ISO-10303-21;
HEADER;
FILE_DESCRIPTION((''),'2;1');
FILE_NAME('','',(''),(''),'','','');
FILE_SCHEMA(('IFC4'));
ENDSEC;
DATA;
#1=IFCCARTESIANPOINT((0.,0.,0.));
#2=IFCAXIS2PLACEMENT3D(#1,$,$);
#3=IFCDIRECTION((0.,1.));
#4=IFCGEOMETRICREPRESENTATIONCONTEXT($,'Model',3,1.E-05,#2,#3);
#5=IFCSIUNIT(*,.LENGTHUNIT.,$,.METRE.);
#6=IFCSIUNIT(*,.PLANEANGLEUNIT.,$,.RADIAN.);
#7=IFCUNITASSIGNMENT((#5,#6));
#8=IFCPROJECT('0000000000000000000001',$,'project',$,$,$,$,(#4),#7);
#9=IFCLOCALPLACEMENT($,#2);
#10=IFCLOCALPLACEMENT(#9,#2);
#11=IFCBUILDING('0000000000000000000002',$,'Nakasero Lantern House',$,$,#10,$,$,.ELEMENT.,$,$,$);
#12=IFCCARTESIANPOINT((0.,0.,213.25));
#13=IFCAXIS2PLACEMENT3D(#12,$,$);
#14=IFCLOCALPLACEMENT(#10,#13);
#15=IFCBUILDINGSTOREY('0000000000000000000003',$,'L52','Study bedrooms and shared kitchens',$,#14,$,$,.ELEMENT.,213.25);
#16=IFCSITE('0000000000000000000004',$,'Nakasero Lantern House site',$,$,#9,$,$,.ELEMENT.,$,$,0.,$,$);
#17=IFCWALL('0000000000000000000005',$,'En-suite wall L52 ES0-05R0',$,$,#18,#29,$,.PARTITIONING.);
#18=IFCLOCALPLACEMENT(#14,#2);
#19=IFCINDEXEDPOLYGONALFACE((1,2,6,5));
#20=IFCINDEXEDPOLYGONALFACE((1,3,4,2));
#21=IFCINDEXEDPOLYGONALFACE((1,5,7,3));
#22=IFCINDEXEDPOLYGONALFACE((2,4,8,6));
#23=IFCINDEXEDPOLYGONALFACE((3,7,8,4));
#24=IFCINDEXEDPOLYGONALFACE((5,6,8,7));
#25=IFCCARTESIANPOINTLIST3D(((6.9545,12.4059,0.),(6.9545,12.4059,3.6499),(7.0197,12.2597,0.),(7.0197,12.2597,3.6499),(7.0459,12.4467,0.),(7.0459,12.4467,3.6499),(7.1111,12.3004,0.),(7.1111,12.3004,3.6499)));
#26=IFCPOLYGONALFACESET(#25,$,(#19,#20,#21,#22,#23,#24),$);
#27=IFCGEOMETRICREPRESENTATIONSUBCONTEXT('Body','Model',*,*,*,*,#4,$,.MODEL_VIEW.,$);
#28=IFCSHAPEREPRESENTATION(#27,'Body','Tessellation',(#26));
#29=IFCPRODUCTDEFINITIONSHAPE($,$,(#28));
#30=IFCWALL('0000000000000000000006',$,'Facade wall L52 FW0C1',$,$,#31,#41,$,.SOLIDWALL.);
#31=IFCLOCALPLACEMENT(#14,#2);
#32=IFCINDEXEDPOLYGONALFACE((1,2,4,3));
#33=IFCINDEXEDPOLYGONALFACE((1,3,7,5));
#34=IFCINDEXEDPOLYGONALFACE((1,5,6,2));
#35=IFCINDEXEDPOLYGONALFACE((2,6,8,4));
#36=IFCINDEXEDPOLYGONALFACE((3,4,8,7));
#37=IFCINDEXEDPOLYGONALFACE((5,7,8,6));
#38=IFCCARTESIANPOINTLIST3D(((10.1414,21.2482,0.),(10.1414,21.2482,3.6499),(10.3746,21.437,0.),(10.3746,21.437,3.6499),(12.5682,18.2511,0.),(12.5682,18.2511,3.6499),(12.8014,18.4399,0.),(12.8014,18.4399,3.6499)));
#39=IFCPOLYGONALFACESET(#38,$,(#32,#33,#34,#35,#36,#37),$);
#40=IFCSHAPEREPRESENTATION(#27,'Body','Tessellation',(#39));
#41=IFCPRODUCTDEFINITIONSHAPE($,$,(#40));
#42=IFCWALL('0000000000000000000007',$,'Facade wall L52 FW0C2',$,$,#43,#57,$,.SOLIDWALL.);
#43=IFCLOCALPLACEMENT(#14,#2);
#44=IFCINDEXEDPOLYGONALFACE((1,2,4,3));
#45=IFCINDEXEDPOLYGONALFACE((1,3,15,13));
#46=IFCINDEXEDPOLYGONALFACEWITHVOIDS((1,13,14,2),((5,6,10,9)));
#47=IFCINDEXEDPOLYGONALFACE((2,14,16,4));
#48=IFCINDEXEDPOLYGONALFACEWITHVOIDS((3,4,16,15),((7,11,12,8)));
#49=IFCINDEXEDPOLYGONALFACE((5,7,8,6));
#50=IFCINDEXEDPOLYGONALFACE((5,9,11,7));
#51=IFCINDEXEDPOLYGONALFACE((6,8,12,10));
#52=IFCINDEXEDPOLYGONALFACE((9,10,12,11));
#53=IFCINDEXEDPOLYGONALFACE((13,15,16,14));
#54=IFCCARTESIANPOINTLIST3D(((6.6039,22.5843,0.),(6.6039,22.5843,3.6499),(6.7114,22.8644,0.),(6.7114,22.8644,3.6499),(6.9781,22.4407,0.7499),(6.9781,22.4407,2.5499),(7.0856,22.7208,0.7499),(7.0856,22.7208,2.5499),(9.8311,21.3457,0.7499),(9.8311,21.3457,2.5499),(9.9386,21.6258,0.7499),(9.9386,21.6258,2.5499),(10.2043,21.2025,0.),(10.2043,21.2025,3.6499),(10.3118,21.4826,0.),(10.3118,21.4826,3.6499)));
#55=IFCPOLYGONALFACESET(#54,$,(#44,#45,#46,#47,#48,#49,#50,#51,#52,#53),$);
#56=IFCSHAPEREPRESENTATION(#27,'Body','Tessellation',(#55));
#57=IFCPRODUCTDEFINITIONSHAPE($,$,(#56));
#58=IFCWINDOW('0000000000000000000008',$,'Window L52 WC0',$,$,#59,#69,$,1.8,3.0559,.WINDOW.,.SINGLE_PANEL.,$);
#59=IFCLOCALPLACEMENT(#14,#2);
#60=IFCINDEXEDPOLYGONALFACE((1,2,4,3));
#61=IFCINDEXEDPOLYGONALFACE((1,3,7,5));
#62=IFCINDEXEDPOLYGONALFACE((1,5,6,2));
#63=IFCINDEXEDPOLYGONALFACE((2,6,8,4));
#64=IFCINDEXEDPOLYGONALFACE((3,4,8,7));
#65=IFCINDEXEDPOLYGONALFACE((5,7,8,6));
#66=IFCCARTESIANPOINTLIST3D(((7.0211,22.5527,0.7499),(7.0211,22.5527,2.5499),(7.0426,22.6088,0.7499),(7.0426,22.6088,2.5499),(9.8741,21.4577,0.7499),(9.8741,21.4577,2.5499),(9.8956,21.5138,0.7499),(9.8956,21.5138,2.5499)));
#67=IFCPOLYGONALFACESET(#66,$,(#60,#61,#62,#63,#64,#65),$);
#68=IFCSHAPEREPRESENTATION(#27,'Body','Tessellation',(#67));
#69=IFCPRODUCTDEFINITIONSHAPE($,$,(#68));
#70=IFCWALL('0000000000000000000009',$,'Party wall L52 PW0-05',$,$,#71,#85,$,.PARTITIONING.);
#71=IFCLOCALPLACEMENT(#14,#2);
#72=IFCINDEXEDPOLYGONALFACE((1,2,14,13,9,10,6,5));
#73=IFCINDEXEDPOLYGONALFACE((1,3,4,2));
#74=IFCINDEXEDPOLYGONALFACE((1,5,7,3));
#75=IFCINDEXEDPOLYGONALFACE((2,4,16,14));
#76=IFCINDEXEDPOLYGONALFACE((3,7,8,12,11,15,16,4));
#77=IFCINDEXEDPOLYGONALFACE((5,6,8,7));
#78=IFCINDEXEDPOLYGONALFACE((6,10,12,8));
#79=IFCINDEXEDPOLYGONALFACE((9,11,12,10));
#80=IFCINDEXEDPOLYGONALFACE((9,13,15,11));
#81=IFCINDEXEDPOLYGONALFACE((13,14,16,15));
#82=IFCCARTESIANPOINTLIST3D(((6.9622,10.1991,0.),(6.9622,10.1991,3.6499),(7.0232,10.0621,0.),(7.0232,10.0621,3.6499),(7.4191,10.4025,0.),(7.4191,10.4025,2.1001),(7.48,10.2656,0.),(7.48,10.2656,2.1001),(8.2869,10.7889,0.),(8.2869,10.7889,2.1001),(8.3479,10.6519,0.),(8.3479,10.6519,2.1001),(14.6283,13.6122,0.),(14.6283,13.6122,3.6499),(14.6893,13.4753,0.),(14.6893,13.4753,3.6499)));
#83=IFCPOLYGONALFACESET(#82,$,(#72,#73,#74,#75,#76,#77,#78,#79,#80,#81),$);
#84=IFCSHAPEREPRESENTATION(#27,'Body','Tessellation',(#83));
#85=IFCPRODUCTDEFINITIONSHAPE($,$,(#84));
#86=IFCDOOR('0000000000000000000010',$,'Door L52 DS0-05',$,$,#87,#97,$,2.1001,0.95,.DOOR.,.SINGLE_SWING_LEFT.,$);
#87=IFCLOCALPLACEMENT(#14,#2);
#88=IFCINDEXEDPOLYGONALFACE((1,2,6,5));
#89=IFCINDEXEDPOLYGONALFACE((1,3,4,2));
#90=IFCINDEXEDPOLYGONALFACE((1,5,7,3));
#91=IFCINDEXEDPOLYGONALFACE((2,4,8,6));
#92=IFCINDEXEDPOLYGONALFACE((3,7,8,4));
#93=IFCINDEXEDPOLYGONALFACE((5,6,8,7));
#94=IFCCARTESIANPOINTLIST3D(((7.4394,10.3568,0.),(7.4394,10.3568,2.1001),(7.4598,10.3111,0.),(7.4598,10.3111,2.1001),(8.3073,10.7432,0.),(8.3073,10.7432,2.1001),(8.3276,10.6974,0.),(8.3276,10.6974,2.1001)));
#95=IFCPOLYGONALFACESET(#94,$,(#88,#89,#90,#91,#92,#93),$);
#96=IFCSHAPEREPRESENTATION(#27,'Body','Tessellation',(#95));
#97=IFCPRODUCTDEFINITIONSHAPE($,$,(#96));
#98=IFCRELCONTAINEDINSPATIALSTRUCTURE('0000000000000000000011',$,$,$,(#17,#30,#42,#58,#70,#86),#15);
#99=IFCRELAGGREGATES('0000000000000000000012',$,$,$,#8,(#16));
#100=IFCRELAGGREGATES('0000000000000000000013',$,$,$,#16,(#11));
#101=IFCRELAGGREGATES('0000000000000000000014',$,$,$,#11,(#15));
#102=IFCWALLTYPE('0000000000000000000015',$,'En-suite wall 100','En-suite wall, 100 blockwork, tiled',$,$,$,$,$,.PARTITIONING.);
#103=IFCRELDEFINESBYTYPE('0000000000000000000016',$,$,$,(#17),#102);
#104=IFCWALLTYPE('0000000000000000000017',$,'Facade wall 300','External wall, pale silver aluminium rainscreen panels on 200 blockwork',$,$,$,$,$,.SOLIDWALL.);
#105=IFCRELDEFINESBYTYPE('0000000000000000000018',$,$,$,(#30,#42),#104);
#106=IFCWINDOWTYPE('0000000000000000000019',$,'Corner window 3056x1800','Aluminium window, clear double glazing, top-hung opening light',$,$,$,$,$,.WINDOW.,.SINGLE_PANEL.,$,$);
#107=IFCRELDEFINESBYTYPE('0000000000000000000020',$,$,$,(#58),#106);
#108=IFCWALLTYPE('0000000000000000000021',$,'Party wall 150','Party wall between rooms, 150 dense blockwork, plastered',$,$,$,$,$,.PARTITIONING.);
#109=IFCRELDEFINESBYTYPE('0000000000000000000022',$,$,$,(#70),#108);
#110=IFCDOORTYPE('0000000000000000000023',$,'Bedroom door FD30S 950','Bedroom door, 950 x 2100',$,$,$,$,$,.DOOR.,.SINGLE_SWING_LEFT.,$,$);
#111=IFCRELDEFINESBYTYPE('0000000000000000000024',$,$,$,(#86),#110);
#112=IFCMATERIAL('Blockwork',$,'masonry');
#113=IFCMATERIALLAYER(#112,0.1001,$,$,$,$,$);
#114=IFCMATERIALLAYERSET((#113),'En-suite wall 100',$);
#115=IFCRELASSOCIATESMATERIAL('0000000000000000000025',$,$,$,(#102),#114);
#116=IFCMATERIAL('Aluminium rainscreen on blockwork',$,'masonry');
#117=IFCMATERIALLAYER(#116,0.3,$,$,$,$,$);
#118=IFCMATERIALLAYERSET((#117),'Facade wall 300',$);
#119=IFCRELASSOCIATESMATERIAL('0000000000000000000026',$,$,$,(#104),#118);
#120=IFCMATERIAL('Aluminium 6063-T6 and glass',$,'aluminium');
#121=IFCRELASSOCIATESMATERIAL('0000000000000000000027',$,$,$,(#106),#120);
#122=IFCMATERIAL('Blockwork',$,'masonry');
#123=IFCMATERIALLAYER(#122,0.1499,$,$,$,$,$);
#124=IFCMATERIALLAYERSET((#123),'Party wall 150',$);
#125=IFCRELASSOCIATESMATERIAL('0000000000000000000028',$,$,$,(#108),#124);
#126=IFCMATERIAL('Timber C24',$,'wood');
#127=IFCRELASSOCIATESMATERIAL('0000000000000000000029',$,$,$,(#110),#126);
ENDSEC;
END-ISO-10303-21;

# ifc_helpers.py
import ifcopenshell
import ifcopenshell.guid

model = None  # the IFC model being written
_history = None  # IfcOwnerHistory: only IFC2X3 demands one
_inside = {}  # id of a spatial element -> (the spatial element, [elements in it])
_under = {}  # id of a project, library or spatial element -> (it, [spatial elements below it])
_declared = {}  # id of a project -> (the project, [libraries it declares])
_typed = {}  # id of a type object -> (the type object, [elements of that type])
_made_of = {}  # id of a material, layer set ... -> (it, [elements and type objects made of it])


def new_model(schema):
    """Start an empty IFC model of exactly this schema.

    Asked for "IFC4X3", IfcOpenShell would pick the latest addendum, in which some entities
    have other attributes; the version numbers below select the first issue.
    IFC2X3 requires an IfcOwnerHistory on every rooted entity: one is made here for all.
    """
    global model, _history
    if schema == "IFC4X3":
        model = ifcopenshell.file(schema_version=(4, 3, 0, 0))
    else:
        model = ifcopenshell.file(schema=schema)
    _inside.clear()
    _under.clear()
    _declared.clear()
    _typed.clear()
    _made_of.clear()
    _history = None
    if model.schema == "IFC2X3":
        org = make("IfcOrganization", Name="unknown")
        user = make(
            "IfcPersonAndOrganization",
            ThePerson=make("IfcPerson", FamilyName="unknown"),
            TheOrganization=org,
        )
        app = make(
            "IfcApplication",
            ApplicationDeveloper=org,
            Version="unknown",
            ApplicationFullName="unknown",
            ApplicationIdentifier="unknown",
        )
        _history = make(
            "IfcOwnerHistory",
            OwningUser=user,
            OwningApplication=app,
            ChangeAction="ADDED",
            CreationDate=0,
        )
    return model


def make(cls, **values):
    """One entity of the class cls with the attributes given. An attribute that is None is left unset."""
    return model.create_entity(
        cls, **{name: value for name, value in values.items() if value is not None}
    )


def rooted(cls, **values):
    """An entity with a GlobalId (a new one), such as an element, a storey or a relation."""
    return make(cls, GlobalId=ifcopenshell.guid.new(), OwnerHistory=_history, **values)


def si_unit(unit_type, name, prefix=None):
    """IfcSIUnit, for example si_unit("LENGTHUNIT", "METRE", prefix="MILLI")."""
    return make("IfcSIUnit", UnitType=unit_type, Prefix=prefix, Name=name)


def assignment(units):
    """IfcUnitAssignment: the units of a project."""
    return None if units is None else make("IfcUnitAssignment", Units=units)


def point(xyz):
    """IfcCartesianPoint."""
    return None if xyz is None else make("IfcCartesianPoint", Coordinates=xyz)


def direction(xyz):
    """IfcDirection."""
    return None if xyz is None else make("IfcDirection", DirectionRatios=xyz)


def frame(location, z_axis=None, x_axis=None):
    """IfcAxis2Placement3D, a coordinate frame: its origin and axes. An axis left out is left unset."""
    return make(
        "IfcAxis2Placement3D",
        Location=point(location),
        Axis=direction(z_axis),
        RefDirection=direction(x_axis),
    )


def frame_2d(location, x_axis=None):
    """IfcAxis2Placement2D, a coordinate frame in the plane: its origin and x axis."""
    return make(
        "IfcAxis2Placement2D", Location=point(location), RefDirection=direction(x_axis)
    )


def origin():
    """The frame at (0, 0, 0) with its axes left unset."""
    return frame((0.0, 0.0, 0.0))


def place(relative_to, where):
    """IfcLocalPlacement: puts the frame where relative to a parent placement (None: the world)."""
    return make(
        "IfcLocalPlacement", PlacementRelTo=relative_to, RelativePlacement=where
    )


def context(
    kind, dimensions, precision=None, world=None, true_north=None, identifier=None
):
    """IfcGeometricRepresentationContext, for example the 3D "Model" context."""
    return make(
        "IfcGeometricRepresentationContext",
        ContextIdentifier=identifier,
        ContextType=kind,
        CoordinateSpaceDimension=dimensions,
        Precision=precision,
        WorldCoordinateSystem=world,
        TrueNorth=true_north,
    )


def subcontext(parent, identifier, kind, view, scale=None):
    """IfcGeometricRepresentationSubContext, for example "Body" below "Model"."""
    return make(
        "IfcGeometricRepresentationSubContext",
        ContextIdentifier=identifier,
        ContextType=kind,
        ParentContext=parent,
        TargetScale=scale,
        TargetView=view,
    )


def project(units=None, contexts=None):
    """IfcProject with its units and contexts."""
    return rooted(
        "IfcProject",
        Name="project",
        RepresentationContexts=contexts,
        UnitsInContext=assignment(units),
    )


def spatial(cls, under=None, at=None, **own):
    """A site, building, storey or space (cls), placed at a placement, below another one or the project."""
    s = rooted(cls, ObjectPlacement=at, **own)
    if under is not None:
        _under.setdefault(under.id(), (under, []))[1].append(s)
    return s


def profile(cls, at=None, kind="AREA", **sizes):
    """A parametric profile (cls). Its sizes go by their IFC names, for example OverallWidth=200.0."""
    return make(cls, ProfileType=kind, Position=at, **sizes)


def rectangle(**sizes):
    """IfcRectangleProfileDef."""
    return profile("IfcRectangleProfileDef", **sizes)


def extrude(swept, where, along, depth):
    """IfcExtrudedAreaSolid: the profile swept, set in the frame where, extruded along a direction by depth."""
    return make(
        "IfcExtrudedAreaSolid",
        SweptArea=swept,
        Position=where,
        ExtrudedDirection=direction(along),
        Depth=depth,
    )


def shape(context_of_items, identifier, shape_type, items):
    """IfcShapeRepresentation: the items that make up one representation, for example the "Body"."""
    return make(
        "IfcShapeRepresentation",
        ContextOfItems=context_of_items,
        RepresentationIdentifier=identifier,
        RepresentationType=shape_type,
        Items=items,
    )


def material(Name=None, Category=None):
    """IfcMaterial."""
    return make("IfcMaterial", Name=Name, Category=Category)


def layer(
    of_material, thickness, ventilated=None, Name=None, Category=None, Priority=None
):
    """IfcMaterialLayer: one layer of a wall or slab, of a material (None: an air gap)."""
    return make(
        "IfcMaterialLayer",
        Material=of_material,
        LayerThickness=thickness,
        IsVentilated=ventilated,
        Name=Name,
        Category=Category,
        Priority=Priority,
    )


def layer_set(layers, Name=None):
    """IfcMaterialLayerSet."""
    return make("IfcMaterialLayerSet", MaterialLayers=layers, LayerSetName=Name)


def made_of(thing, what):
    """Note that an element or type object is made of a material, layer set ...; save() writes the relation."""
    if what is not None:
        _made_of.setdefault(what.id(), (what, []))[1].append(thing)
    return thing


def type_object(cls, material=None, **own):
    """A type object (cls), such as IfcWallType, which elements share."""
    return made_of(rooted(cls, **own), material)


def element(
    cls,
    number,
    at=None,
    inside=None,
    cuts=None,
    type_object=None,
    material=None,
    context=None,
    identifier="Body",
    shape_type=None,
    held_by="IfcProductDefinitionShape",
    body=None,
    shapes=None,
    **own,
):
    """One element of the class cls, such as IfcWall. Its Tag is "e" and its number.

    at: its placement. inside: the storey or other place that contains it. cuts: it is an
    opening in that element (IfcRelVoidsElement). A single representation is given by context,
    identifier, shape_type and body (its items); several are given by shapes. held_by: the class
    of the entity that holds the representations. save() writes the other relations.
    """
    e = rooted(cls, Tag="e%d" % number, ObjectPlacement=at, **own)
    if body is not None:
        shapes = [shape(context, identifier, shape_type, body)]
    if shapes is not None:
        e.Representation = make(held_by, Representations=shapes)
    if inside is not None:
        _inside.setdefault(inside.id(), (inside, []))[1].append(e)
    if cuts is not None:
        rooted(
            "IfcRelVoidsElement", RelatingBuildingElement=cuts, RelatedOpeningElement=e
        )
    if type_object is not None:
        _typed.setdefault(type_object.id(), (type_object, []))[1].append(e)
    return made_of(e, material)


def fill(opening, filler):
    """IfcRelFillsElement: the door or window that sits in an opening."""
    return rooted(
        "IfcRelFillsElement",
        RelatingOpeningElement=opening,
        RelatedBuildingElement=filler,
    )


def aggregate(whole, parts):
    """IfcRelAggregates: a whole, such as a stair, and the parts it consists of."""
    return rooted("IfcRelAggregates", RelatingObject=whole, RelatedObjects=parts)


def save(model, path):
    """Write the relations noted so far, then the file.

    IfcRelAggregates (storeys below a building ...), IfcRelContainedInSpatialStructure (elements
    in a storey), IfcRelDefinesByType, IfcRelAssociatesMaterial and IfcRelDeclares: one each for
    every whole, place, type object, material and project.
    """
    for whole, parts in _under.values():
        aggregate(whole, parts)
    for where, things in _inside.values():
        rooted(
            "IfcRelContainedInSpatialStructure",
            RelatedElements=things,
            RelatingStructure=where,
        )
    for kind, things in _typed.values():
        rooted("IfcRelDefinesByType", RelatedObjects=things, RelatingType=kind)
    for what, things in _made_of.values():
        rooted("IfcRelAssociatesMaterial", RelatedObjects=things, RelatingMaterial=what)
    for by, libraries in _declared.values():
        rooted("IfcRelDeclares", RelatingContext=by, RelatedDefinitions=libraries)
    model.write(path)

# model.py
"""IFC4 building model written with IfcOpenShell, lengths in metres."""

from ifc_helpers import new_model, si_unit, direction, frame, frame_2d, origin, place, context, subcontext, project, spatial, rectangle, extrude, material, layer, layer_set, type_object, element, fill, save


model = new_model("IFC4")

# Units and contexts
model_context = context("Model", 3, precision=1e-05, world=origin(), true_north=direction((0.0, 1.0)))
body_context = subcontext(model_context, "Body", "Model", "MODEL_VIEW")
ifc_project = project(units=[si_unit("LENGTHUNIT", "METRE"), si_unit("PLANEANGLEUNIT", "RADIAN")], contexts=[model_context])

# Site, building, storey
site_placement = place(None, origin())
site = spatial("IfcSite", under=ifc_project, at=site_placement, Name="Nakasero Lantern House site", CompositionType="ELEMENT", RefElevation=0.0)
building_placement = place(site_placement, origin())
building = spatial("IfcBuilding", under=site, at=building_placement, Name="Nakasero Lantern House", CompositionType="ELEMENT")
storey_placement = place(building_placement, frame((0.0, 0.0, 213.25)))
storey = spatial("IfcBuildingStorey", under=building, at=storey_placement, Name="L52", Description="Study bedrooms and shared kitchens", CompositionType="ELEMENT", Elevation=213.25)

# Shared definitions
ifc_material_1 = material(Name="Blockwork", Category="masonry")
ifc_layer_1 = layer(ifc_material_1, 0.1001)
ifc_layer_set_1 = layer_set([ifc_layer_1], Name="En-suite wall 100")
wall_type_1 = type_object("IfcWallType", Name="En-suite wall 100", Description="En-suite wall, 100 blockwork, tiled", PredefinedType="PARTITIONING", material=ifc_layer_set_1)

# Walls
wall_1_placement = place(storey_placement, frame((7.0654, 12.28, 0.0), z_axis=(0.0, 0.0, 1.0), x_axis=(-0.407129, 0.913371, 0.0)))
element("IfcWall", 1, at=wall_1_placement, inside=storey, type_object=wall_type_1, Name="En-suite wall L52 ES0-05R0", PredefinedType="PARTITIONING", context=body_context, shape_type="SweptSolid", body=[
    extrude(rectangle(XDim=0.1602, YDim=0.1001, at=frame_2d((0.0801, 0.0))), origin(), (0.0, 0.0, 1.0), 3.6499),
])
ifc_material_2 = material(Name="Aluminium rainscreen on blockwork", Category="masonry")
ifc_layer_2 = layer(ifc_material_2, 0.3)
ifc_layer_set_2 = layer_set([ifc_layer_2], Name="Facade wall 300")
wall_type_2 = type_object("IfcWallType", Name="Facade wall 300", Description="External wall, pale silver aluminium rainscreen panels on 200 blockwork", PredefinedType="SOLIDWALL", material=ifc_layer_set_2)
wall_2_placement = place(storey_placement, frame((12.6848, 18.3455, 0.0), z_axis=(0.0, 0.0, 1.0), x_axis=(-0.629286, 0.777174, 0.0)))
element("IfcWall", 2, at=wall_2_placement, inside=storey, type_object=wall_type_2, Name="Facade wall L52 FW0C1", PredefinedType="SOLIDWALL", context=body_context, shape_type="SweptSolid", body=[
    extrude(rectangle(XDim=3.8564, YDim=0.3, at=frame_2d((1.9282, 0.0))), origin(), (0.0, 0.0, 1.0), 3.6499),
])

# Wall, opening, window
wall_3_placement = place(storey_placement, frame((10.2581, 21.3425, 0.0), z_axis=(0.0, 0.0, 1.0), x_axis=(-0.933598, 0.358321, 0.0)))
wall_3 = element("IfcWall", 3, at=wall_3_placement, inside=storey, type_object=wall_type_2, Name="Facade wall L52 FW0C2", PredefinedType="SOLIDWALL", context=body_context, shape_type="SweptSolid", body=[
    extrude(rectangle(XDim=3.8564, YDim=0.3, at=frame_2d((1.9282, 0.0))), origin(), (0.0, 0.0, 1.0), 3.6499),
])
opening_1_placement = place(wall_3_placement, frame((0.3999, 0.0, 0.75)))
opening_1 = element("IfcOpeningElement", 4, at=opening_1_placement, cuts=wall_3, PredefinedType="OPENING", context=body_context, shape_type="SweptSolid", body=[
    extrude(rectangle(XDim=3.0559, YDim=1.8, at=frame_2d((1.5278, 0.8999))), frame((0.0, 0.1699, 0.0), z_axis=(0.0, -1.0, 0.0), x_axis=(1.0, 0.0, 0.0)), (0.0, 0.0, 1.0), 0.3401),
])
ifc_material_3 = material(Name="Aluminium 6063-T6 and glass", Category="aluminium")
window_type = type_object("IfcWindowType", Name="Corner window 3056x1800", Description="Aluminium window, clear double glazing, top-hung opening light", PartitioningType="SINGLE_PANEL", PredefinedType="WINDOW", material=ifc_material_3)
window_placement = place(opening_1_placement, origin())
window = element("IfcWindow", 5, at=window_placement, inside=storey, type_object=window_type, Name="Window L52 WC0", OverallHeight=1.8, OverallWidth=3.0559, PartitioningType="SINGLE_PANEL", PredefinedType="WINDOW", context=body_context, shape_type="SweptSolid", body=[
    extrude(rectangle(XDim=3.0559, YDim=1.8, at=frame_2d((1.5278, 0.8999))), frame((0.0, 0.03, 0.0), z_axis=(0.0, -1.0, 0.0), x_axis=(1.0, 0.0, 0.0)), (0.0, 0.0, 1.0), 0.0601),
])
fill(opening_1, window)

# Wall, opening, door
ifc_material_4 = material(Name="Blockwork", Category="masonry")
ifc_layer_3 = layer(ifc_material_4, 0.1499)
ifc_layer_set_3 = layer_set([ifc_layer_3], Name="Party wall 150")
wall_type_3 = type_object("IfcWallType", Name="Party wall 150", Description="Party wall between rooms, 150 dense blockwork, plastered", PredefinedType="PARTITIONING", material=ifc_layer_set_3)
wall_4_placement = place(storey_placement, frame((6.9927, 10.1306, 0.0), z_axis=(0.0, 0.0, 1.0), x_axis=(0.913547, 0.406732, 0.0)))
wall_4 = element("IfcWall", 6, at=wall_4_placement, inside=storey, type_object=wall_type_3, Name="Party wall L52 PW0-05", PredefinedType="PARTITIONING", context=body_context, shape_type="SweptSolid", body=[
    extrude(rectangle(XDim=8.3916, YDim=0.1499, at=frame_2d((4.1958, 0.0))), origin(), (0.0, 0.0, 1.0), 3.6499),
])
opening_2_placement = place(wall_4_placement, frame((0.5, 0.0, 0.0)))
opening_2 = element("IfcOpeningElement", 7, at=opening_2_placement, cuts=wall_4, PredefinedType="OPENING", context=body_context, shape_type="SweptSolid", body=[
    extrude(rectangle(XDim=0.95, YDim=2.1001, at=frame_2d((0.4751, 1.05))), frame((0.0, 0.095, 0.0), z_axis=(0.0, -1.0, 0.0), x_axis=(1.0, 0.0, 0.0)), (0.0, 0.0, 1.0), 0.1899),
])
ifc_material_5 = material(Name="Timber C24", Category="wood")
door_type_1 = type_object("IfcDoorType", Name="Bedroom door FD30S 950", Description="Bedroom door, 950 x 2100", OperationType="SINGLE_SWING_LEFT", PredefinedType="DOOR", material=ifc_material_5)
door_1_placement = place(opening_2_placement, origin())
door_1 = element("IfcDoor", 8, at=door_1_placement, inside=storey, type_object=door_type_1, Name="Door L52 DS0-05", OperationType="SINGLE_SWING_LEFT", OverallHeight=2.1001, OverallWidth=0.95, PredefinedType="DOOR", context=body_context, shape_type="SweptSolid", body=[
    extrude(rectangle(XDim=0.95, YDim=2.1001, at=frame_2d((0.4751, 1.05))), frame((0.0, 0.0249, 0.0), z_axis=(0.0, -1.0, 0.0), x_axis=(1.0, 0.0, 0.0)), (0.0, 0.0, 1.0), 0.05),
])
fill(opening_2, door_1)

save(model, "model.ifc")
